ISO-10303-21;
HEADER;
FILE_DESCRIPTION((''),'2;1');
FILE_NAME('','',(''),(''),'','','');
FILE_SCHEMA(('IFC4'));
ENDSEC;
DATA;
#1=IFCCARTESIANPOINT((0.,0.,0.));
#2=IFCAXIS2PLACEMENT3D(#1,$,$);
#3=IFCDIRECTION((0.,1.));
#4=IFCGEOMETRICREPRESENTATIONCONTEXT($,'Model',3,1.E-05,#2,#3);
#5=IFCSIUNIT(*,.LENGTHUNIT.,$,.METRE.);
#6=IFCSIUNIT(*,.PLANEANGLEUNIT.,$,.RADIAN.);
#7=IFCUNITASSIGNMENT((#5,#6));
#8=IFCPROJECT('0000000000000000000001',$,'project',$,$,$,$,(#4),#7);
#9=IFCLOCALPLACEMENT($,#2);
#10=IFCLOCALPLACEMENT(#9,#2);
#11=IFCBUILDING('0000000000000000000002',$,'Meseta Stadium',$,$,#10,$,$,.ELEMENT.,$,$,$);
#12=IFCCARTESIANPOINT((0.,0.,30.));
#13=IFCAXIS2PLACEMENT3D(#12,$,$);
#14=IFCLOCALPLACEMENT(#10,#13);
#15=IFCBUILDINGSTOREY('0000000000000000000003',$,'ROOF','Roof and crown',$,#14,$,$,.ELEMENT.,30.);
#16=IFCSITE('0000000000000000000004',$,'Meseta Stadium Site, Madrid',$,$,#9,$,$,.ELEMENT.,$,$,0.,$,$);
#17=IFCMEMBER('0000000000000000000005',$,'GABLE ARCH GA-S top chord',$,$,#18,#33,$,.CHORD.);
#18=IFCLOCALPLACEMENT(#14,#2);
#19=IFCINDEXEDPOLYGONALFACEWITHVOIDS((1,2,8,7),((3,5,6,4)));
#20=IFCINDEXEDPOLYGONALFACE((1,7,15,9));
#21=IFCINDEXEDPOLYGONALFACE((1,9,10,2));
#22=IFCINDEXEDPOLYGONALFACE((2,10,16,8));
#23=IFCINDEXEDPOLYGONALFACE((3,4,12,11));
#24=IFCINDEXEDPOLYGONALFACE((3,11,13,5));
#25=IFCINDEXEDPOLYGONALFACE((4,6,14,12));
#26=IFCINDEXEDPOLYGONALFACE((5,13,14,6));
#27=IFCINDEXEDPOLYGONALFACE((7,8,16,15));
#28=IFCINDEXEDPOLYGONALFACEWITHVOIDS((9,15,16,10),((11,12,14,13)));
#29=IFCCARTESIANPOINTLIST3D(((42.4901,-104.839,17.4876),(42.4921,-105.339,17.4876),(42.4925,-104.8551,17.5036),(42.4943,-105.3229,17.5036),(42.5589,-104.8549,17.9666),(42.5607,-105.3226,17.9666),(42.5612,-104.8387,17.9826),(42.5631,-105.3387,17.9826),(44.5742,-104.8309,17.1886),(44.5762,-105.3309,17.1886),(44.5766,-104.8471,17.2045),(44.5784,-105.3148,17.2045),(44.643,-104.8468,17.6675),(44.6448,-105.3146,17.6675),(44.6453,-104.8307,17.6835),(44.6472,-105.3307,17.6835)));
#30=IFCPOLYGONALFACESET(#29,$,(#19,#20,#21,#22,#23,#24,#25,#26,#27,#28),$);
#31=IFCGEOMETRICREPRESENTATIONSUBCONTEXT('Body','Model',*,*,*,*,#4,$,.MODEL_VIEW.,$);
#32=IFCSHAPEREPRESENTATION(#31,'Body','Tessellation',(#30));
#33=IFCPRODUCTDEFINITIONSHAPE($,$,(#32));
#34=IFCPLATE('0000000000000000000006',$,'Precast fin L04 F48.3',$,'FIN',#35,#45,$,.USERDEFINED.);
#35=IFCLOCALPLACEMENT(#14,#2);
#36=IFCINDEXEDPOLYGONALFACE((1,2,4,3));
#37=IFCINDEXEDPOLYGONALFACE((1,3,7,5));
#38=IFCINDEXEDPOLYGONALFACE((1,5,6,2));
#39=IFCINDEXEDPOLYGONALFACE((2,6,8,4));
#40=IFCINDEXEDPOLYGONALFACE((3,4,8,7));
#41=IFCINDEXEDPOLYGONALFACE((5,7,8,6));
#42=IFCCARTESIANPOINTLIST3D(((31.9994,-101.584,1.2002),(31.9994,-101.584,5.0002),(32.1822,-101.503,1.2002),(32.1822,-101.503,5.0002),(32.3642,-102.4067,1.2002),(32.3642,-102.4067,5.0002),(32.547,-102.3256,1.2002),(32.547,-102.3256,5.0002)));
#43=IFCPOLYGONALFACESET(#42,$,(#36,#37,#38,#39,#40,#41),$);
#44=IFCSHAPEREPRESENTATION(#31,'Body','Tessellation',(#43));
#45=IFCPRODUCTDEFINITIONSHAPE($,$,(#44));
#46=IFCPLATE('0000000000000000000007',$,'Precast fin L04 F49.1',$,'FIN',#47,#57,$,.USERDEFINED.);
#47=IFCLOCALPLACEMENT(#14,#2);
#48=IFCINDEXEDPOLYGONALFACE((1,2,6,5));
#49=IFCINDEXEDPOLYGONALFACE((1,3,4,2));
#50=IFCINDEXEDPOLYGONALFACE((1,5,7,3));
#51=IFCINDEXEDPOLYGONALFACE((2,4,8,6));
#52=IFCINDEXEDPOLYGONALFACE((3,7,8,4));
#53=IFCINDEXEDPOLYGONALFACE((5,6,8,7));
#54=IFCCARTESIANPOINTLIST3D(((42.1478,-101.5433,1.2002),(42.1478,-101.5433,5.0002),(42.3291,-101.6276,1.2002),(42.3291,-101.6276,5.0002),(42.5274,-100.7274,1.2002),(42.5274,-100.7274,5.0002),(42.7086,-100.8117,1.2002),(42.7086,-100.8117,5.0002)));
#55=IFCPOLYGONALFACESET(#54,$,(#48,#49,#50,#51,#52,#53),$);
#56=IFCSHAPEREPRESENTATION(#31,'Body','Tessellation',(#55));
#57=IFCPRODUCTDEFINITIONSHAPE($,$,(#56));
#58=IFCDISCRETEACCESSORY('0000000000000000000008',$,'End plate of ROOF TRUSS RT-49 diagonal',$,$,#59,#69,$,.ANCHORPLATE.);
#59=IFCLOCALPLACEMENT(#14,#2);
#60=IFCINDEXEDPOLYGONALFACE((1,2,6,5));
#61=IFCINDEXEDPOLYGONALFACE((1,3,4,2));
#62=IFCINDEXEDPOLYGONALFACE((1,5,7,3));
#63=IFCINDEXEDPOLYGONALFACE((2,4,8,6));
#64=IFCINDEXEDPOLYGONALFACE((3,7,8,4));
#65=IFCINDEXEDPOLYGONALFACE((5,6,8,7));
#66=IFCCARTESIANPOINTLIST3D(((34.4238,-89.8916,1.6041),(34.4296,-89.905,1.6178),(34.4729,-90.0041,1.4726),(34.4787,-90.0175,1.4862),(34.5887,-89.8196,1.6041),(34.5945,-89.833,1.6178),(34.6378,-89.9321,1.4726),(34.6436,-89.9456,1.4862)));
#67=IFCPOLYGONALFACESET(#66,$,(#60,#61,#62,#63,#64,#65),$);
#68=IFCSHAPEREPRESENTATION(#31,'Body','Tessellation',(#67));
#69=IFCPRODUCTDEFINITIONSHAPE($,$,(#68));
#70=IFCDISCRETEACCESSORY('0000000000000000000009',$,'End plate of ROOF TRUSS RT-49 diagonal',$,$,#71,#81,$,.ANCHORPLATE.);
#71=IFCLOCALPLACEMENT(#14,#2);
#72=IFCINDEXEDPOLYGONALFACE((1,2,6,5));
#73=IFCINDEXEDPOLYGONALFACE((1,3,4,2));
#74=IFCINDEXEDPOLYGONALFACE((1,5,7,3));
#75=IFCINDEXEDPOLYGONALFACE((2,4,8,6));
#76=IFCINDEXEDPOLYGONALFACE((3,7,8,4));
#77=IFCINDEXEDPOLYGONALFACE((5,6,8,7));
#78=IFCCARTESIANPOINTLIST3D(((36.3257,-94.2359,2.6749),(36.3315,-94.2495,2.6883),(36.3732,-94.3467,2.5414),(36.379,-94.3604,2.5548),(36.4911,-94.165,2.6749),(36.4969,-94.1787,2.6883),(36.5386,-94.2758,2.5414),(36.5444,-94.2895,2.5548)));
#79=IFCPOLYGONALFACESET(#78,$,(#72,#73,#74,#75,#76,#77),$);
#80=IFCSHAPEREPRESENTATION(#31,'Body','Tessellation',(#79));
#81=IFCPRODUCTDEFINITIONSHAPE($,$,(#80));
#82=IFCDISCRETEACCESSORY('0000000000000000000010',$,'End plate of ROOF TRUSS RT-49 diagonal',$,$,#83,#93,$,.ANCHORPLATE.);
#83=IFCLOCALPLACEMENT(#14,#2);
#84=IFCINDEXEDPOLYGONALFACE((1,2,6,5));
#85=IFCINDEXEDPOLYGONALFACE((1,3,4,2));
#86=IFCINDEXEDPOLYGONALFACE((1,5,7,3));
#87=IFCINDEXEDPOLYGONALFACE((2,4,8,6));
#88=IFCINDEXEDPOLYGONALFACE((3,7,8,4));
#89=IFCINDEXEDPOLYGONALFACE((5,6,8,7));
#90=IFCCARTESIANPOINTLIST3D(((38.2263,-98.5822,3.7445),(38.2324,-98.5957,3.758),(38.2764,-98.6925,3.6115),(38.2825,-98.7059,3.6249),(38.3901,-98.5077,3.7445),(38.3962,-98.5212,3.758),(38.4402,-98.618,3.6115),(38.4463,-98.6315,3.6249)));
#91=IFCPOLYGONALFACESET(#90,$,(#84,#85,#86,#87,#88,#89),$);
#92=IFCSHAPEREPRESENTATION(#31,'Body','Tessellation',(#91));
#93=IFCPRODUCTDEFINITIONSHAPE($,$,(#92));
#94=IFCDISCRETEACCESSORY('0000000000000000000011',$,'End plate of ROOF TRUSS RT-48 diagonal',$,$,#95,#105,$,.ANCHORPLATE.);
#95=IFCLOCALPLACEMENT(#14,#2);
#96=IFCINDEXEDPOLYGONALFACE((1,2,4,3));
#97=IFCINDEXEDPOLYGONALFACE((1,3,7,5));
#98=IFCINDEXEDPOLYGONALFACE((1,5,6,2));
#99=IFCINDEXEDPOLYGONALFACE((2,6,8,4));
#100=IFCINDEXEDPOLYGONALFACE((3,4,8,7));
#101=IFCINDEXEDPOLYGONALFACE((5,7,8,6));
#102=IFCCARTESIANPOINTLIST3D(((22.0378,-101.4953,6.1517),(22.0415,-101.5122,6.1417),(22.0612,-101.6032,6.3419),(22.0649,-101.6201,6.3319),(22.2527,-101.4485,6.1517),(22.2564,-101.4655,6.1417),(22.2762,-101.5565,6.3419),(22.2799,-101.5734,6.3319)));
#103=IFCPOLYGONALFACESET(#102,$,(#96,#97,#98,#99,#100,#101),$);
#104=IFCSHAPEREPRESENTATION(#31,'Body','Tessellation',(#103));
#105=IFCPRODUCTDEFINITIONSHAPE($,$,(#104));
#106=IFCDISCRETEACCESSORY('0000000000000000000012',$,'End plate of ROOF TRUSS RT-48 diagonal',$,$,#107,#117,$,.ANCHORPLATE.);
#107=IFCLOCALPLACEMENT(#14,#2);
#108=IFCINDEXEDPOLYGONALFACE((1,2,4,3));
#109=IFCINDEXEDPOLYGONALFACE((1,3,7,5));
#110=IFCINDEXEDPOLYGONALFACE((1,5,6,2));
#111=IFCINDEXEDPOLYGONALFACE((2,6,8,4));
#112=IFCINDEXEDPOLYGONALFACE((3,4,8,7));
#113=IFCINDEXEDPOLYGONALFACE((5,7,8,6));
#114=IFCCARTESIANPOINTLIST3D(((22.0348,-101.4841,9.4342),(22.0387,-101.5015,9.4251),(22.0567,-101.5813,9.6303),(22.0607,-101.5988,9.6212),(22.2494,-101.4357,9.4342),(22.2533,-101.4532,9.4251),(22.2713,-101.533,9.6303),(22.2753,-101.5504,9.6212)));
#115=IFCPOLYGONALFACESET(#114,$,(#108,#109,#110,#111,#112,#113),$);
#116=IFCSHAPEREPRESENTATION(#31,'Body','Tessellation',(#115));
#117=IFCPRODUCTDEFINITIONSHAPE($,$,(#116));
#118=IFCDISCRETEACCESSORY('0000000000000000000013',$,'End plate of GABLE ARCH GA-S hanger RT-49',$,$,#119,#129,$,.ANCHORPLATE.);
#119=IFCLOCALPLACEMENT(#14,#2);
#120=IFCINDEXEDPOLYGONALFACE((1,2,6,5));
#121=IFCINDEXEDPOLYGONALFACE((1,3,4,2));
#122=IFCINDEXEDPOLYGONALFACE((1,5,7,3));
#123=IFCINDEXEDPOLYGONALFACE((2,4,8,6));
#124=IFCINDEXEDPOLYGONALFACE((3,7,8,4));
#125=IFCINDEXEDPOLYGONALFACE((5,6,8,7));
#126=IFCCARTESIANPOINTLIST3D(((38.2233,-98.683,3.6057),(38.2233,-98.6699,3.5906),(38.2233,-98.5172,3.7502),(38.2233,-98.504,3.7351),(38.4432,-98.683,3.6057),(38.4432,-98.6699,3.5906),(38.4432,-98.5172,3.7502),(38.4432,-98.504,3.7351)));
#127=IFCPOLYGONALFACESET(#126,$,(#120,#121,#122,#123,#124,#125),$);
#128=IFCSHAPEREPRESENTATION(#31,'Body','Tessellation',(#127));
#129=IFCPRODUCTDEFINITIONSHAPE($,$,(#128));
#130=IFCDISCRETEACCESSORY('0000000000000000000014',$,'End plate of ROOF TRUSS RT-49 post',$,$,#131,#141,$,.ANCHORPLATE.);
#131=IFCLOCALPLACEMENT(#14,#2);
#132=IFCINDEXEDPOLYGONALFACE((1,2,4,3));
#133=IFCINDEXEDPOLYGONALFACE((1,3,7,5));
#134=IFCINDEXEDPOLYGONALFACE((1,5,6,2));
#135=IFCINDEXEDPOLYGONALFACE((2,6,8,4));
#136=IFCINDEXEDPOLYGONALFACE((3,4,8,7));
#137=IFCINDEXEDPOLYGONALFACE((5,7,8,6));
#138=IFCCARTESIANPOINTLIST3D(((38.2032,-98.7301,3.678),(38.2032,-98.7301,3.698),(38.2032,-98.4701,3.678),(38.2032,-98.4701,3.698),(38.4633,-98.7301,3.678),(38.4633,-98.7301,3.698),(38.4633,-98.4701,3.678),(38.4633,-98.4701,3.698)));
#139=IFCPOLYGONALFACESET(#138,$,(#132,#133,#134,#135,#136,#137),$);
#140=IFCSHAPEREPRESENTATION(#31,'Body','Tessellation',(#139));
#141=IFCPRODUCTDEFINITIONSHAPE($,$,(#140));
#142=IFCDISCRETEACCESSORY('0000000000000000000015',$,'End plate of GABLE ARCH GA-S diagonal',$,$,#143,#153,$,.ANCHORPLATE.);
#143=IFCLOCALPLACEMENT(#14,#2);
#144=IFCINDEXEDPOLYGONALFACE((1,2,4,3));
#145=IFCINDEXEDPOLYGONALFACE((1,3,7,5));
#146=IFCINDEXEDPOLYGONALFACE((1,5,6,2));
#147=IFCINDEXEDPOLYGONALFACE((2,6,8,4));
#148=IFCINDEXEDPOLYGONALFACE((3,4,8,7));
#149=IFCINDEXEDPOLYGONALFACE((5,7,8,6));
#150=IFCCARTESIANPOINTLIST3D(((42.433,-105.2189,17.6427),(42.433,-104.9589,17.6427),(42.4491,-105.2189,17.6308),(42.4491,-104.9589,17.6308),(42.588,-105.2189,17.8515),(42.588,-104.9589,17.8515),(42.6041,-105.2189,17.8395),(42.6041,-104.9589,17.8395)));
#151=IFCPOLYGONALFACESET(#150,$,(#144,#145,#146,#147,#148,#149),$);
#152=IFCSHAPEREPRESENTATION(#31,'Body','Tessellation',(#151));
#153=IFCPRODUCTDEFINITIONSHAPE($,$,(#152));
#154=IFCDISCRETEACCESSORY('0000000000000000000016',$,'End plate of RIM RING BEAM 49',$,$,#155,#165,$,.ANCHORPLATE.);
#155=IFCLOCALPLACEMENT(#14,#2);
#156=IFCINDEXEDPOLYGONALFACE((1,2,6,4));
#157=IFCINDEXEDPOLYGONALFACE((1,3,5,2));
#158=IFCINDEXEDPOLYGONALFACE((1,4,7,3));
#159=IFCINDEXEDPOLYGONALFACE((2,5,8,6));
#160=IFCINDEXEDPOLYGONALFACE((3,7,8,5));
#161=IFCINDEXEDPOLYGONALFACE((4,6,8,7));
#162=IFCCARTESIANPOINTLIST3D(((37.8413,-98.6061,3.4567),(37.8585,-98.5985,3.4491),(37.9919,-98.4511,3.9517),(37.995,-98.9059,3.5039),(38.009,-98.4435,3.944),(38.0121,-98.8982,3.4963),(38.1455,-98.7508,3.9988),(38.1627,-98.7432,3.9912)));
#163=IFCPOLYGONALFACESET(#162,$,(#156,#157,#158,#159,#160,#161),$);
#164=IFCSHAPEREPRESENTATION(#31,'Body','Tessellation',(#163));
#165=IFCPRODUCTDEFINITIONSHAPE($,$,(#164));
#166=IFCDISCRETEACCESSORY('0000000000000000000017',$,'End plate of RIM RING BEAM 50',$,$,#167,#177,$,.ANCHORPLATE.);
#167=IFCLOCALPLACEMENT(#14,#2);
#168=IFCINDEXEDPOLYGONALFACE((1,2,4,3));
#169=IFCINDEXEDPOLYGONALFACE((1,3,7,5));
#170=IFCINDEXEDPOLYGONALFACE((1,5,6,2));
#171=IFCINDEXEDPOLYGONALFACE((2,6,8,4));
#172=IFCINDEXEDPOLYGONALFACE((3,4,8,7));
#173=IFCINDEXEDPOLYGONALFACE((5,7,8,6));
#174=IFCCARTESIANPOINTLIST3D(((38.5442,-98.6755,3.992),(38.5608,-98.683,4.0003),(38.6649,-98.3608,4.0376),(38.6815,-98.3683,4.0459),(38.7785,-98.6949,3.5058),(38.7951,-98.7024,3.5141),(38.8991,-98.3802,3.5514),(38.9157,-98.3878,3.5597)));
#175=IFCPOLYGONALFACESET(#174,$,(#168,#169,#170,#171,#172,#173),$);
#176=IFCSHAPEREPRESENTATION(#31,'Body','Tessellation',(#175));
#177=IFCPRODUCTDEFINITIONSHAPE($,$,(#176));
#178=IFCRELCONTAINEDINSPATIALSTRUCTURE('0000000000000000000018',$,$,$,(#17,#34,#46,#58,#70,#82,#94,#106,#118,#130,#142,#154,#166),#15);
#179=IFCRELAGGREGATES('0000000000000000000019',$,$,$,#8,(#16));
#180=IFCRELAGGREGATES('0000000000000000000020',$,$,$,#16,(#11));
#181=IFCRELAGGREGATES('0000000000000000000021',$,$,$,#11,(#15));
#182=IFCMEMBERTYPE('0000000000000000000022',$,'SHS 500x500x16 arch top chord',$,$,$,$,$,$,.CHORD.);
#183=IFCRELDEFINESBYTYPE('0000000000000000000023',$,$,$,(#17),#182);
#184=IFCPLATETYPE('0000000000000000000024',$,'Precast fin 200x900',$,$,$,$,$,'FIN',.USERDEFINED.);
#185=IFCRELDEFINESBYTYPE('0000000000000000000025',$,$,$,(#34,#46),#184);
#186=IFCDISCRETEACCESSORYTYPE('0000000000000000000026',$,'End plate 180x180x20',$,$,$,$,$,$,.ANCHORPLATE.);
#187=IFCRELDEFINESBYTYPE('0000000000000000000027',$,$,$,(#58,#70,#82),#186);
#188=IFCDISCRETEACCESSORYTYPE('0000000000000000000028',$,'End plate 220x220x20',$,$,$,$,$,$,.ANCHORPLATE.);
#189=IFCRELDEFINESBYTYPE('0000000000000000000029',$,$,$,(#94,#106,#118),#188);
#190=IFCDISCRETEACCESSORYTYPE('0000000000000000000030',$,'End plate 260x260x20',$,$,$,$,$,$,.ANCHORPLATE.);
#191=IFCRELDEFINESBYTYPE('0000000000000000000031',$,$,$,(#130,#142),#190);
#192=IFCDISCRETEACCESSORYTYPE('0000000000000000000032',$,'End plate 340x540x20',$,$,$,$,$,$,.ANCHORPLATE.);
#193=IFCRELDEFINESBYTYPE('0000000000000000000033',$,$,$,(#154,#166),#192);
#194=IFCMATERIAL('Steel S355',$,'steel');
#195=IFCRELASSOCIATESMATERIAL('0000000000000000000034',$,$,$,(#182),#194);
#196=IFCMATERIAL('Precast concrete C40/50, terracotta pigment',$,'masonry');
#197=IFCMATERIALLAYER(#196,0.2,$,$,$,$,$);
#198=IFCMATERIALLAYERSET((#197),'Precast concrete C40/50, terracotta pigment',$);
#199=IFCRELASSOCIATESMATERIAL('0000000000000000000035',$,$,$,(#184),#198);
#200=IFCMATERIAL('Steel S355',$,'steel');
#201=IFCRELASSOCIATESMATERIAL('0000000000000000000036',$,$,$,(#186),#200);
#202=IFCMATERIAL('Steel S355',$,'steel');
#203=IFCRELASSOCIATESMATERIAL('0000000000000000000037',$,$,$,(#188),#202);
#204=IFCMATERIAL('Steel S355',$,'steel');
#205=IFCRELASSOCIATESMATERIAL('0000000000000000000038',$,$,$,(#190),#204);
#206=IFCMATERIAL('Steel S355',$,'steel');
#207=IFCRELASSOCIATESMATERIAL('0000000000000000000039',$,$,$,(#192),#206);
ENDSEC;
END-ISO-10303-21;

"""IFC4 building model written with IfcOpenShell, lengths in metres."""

from ifc_helpers import new_model, si_unit, direction, frame, origin, origin_2d, place, context, subcontext, project, spatial, rectangle, hollow_rectangle, extrude, material, layer, layer_set, material_profile, profile_set, type_object, element, save


model = new_model("IFC4")

# Units and contexts
model_context = context("Model", 3, precision=1e-05, world=origin(), true_north=direction((0.0, 1.0)))
body_context = subcontext(model_context, "Body", "Model", "MODEL_VIEW")
ifc_project = project(units=[si_unit("LENGTHUNIT", "METRE"), si_unit("PLANEANGLEUNIT", "RADIAN")], contexts=[model_context])

# Site, building, storey
site_placement = place(None, origin())
site = spatial("IfcSite", under=ifc_project, at=site_placement, Name="Meseta Stadium Site, Madrid", CompositionType="ELEMENT", RefElevation=0.0)
building_placement = place(site_placement, origin())
building = spatial("IfcBuilding", under=site, at=building_placement, Name="Meseta Stadium", CompositionType="ELEMENT")
storey_placement = place(building_placement, frame((0.0, 0.0, 30.0)))
storey = spatial("IfcBuildingStorey", under=building, at=storey_placement, Name="ROOF", Description="Roof and crown", CompositionType="ELEMENT", Elevation=30.0)

# Member
ifc_material_1 = material(Name="Steel S355", Category="steel")
ifc_material_profile_1 = material_profile(ifc_material_1, hollow_rectangle(XDim=0.5, YDim=0.5, WallThickness=0.0161, at=origin_2d()), Name="SHS 500x500x16")
ifc_profile_set_1 = profile_set([ifc_material_profile_1], Name="Steel S355")
member_type_1 = type_object("IfcMemberType", Name="SHS 500x500x16 arch top chord", PredefinedType="CHORD", material=ifc_profile_set_1)
member_1_placement = place(storey_placement, frame((42.5266, -105.0889, 17.7351), z_axis=(0.989852, 0.003827, -0.142053), x_axis=(-0.003866, 0.999993, 0.0)))
element("IfcMember", 1, at=member_1_placement, inside=storey, type_object=member_type_1, Name="GABLE ARCH GA-S top chord", PredefinedType="CHORD", context=body_context, shape_type="SweptSolid", body=[
    extrude(hollow_rectangle(XDim=0.5, YDim=0.5, WallThickness=0.0161, at=origin_2d()), origin(), (0.0, 0.0, 1.0), 2.1055),
])

# Plates
ifc_material_2 = material(Name="Precast concrete C40/50, terracotta pigment", Category="masonry")
ifc_layer = layer(ifc_material_2, 0.2)
ifc_layer_set = layer_set([ifc_layer], Name="Precast concrete C40/50, terracotta pigment")
plate_type = type_object("IfcPlateType", Name="Precast fin 200x900", ElementType="FIN", PredefinedType="USERDEFINED", material=ifc_layer_set)
for number, where, z_axis, x_axis, name in (
    (2, (32.2732, -101.9548, 1.2002), (0.0, 0.0, 1.0), (-0.914139, -0.4054, 0.0), "Precast fin L04 F48.3"),
    (3, (42.4282, -101.1775, 1.2002), (0.0, 0.0, 1.0), (-0.906703, 0.42177, 0.0), "Precast fin L04 F49.1"),
):
    element("IfcPlate", number, at=place(storey_placement, frame(where, z_axis=z_axis, x_axis=x_axis)), inside=storey, type_object=plate_type, Name=name, ObjectType="FIN", PredefinedType="USERDEFINED", context=body_context, shape_type="SweptSolid", body=[
        extrude(rectangle(XDim=0.2, YDim=0.8999, at=origin_2d()), origin(), (0.0, 0.0, 1.0), 3.8),
    ])

# Discrete accessories
ifc_material_3 = material(Name="Steel S355", Category="steel")
ifc_material_profile_2 = material_profile(ifc_material_3, rectangle(XDim=0.1799, YDim=0.1799, at=origin_2d()), Name="PL 180x180")
ifc_profile_set_2 = profile_set([ifc_material_profile_2], Name="Steel S355")
discrete_accessory_type_1 = type_object("IfcDiscreteAccessoryType", Name="End plate 180x180x20", PredefinedType="ANCHORPLATE", material=ifc_profile_set_2)
for number, where, z_axis, x_axis, name in (
    (4, (34.5308, -89.9119, 1.5383), (0.2924, -0.670084, 0.682268), (0.916539, 0.399944, 0.0), "End plate of ROOF TRUSS RT-49 diagonal"),
    (5, (36.4321, -94.2559, 2.6082), (0.2924, -0.682268, 0.670084), (0.919145, 0.393919, 0.0), "End plate of ROOF TRUSS RT-49 diagonal"),
    (6, (38.3333, -98.6001, 3.678), (0.305995, -0.673189, 0.673189), (0.910366, 0.413803, 0.0), "End plate of ROOF TRUSS RT-49 diagonal"),
):
    element("IfcDiscreteAccessory", number, at=place(storey_placement, frame(where, z_axis=z_axis, x_axis=x_axis)), inside=storey, type_object=discrete_accessory_type_1, Name=name, PredefinedType="ANCHORPLATE", context=body_context, shape_type="SweptSolid", body=[
        extrude(rectangle(XDim=0.1799, YDim=0.1799, at=origin_2d()), origin(), (0.0, 0.0, 1.0), 0.02),
    ])
ifc_material_4 = material(Name="Steel S355", Category="steel")
ifc_material_profile_3 = material_profile(ifc_material_4, rectangle(XDim=0.22, YDim=0.22, at=origin_2d()), Name="PL 220x220")
ifc_profile_set_3 = profile_set([ifc_material_profile_3], Name="Steel S355")
discrete_accessory_type_2 = type_object("IfcDiscreteAccessoryType", Name="End plate 220x220x20", PredefinedType="ANCHORPLATE", material=ifc_profile_set_3)
for number, where, z_axis, x_axis, name in (
    (7, (22.157, -101.5259, 6.2468), (0.183707, -0.845053, -0.502133), (0.977176, 0.21243, 0.0), "End plate of ROOF TRUSS RT-48 diagonal"),
    (8, (22.1531, -101.5085, 9.5322), (0.195969, -0.869612, -0.453178), (0.975536, 0.219839, 0.0), "End plate of ROOF TRUSS RT-48 diagonal"),
    (9, (38.3333, -98.6001, 3.678), (0.0, 0.656781, -0.754082), (-1.0, 0.0, 0.0), "End plate of GABLE ARCH GA-S hanger RT-49"),
):
    element("IfcDiscreteAccessory", number, at=place(storey_placement, frame(where, z_axis=z_axis, x_axis=x_axis)), inside=storey, type_object=discrete_accessory_type_2, Name=name, PredefinedType="ANCHORPLATE", context=body_context, shape_type="SweptSolid", body=[
        extrude(rectangle(XDim=0.22, YDim=0.22, at=origin_2d()), origin(), (0.0, 0.0, 1.0), 0.02),
    ])
ifc_material_5 = material(Name="Steel S355", Category="steel")
ifc_material_profile_4 = material_profile(ifc_material_5, rectangle(XDim=0.26, YDim=0.26, at=origin_2d()), Name="PL 260x260")
ifc_profile_set_4 = profile_set([ifc_material_profile_4], Name="Steel S355")
discrete_accessory_type_3 = type_object("IfcDiscreteAccessoryType", Name="End plate 260x260x20", PredefinedType="ANCHORPLATE", material=ifc_profile_set_4)
for number, where, z_axis, x_axis, name in (
    (10, (38.3333, -98.6001, 3.678), (0.0, 0.0, 1.0), (1.0, 0.0, 0.0), "End plate of ROOF TRUSS RT-49 post"),
    (11, (42.5105, -105.0889, 17.7471), (0.80291, 0.0, -0.5961), (0.0, 1.0, 0.0), "End plate of GABLE ARCH GA-S diagonal"),
):
    element("IfcDiscreteAccessory", number, at=place(storey_placement, frame(where, z_axis=z_axis, x_axis=x_axis)), inside=storey, type_object=discrete_accessory_type_3, Name=name, PredefinedType="ANCHORPLATE", context=body_context, shape_type="SweptSolid", body=[
        extrude(rectangle(XDim=0.26, YDim=0.26, at=origin_2d()), origin(), (0.0, 0.0, 1.0), 0.02),
    ])
ifc_material_6 = material(Name="Steel S355", Category="steel")
ifc_material_profile_5 = material_profile(ifc_material_6, rectangle(XDim=0.3401, YDim=0.54, at=origin_2d()), Name="PL 340x540")
ifc_profile_set_5 = profile_set([ifc_material_profile_5], Name="Steel S355")
discrete_accessory_type_4 = type_object("IfcDiscreteAccessoryType", Name="End plate 340x540x20", PredefinedType="ANCHORPLATE", material=ifc_profile_set_5)
discrete_accessory_1_placement = place(storey_placement, frame((37.9934, -98.6785, 3.7278), z_axis=(0.847505, 0.375324, -0.375324), x_axis=(-0.451726, 0.881306, -0.138722)))
element("IfcDiscreteAccessory", 12, at=discrete_accessory_1_placement, inside=storey, type_object=discrete_accessory_type_4, Name="End plate of RIM RING BEAM 49", PredefinedType="ANCHORPLATE", context=body_context, shape_type="SweptSolid", body=[
    extrude(rectangle(XDim=0.3401, YDim=0.54, at=origin_2d()), origin(), (0.0, 0.0, 1.0), 0.0203),
])
discrete_accessory_2_placement = place(storey_placement, frame((38.7217, -98.5278, 3.7717), z_axis=(0.828222, -0.377572, 0.414111), x_axis=(0.35482, 0.925282, 0.134)))
element("IfcDiscreteAccessory", 13, at=discrete_accessory_2_placement, inside=storey, type_object=discrete_accessory_type_4, Name="End plate of RIM RING BEAM 50", PredefinedType="ANCHORPLATE", context=body_context, shape_type="SweptSolid", body=[
    extrude(rectangle(XDim=0.3401, YDim=0.54, at=origin_2d()), origin(), (0.0, 0.0, 1.0), 0.02),
])

save(model, "model.ifc")
